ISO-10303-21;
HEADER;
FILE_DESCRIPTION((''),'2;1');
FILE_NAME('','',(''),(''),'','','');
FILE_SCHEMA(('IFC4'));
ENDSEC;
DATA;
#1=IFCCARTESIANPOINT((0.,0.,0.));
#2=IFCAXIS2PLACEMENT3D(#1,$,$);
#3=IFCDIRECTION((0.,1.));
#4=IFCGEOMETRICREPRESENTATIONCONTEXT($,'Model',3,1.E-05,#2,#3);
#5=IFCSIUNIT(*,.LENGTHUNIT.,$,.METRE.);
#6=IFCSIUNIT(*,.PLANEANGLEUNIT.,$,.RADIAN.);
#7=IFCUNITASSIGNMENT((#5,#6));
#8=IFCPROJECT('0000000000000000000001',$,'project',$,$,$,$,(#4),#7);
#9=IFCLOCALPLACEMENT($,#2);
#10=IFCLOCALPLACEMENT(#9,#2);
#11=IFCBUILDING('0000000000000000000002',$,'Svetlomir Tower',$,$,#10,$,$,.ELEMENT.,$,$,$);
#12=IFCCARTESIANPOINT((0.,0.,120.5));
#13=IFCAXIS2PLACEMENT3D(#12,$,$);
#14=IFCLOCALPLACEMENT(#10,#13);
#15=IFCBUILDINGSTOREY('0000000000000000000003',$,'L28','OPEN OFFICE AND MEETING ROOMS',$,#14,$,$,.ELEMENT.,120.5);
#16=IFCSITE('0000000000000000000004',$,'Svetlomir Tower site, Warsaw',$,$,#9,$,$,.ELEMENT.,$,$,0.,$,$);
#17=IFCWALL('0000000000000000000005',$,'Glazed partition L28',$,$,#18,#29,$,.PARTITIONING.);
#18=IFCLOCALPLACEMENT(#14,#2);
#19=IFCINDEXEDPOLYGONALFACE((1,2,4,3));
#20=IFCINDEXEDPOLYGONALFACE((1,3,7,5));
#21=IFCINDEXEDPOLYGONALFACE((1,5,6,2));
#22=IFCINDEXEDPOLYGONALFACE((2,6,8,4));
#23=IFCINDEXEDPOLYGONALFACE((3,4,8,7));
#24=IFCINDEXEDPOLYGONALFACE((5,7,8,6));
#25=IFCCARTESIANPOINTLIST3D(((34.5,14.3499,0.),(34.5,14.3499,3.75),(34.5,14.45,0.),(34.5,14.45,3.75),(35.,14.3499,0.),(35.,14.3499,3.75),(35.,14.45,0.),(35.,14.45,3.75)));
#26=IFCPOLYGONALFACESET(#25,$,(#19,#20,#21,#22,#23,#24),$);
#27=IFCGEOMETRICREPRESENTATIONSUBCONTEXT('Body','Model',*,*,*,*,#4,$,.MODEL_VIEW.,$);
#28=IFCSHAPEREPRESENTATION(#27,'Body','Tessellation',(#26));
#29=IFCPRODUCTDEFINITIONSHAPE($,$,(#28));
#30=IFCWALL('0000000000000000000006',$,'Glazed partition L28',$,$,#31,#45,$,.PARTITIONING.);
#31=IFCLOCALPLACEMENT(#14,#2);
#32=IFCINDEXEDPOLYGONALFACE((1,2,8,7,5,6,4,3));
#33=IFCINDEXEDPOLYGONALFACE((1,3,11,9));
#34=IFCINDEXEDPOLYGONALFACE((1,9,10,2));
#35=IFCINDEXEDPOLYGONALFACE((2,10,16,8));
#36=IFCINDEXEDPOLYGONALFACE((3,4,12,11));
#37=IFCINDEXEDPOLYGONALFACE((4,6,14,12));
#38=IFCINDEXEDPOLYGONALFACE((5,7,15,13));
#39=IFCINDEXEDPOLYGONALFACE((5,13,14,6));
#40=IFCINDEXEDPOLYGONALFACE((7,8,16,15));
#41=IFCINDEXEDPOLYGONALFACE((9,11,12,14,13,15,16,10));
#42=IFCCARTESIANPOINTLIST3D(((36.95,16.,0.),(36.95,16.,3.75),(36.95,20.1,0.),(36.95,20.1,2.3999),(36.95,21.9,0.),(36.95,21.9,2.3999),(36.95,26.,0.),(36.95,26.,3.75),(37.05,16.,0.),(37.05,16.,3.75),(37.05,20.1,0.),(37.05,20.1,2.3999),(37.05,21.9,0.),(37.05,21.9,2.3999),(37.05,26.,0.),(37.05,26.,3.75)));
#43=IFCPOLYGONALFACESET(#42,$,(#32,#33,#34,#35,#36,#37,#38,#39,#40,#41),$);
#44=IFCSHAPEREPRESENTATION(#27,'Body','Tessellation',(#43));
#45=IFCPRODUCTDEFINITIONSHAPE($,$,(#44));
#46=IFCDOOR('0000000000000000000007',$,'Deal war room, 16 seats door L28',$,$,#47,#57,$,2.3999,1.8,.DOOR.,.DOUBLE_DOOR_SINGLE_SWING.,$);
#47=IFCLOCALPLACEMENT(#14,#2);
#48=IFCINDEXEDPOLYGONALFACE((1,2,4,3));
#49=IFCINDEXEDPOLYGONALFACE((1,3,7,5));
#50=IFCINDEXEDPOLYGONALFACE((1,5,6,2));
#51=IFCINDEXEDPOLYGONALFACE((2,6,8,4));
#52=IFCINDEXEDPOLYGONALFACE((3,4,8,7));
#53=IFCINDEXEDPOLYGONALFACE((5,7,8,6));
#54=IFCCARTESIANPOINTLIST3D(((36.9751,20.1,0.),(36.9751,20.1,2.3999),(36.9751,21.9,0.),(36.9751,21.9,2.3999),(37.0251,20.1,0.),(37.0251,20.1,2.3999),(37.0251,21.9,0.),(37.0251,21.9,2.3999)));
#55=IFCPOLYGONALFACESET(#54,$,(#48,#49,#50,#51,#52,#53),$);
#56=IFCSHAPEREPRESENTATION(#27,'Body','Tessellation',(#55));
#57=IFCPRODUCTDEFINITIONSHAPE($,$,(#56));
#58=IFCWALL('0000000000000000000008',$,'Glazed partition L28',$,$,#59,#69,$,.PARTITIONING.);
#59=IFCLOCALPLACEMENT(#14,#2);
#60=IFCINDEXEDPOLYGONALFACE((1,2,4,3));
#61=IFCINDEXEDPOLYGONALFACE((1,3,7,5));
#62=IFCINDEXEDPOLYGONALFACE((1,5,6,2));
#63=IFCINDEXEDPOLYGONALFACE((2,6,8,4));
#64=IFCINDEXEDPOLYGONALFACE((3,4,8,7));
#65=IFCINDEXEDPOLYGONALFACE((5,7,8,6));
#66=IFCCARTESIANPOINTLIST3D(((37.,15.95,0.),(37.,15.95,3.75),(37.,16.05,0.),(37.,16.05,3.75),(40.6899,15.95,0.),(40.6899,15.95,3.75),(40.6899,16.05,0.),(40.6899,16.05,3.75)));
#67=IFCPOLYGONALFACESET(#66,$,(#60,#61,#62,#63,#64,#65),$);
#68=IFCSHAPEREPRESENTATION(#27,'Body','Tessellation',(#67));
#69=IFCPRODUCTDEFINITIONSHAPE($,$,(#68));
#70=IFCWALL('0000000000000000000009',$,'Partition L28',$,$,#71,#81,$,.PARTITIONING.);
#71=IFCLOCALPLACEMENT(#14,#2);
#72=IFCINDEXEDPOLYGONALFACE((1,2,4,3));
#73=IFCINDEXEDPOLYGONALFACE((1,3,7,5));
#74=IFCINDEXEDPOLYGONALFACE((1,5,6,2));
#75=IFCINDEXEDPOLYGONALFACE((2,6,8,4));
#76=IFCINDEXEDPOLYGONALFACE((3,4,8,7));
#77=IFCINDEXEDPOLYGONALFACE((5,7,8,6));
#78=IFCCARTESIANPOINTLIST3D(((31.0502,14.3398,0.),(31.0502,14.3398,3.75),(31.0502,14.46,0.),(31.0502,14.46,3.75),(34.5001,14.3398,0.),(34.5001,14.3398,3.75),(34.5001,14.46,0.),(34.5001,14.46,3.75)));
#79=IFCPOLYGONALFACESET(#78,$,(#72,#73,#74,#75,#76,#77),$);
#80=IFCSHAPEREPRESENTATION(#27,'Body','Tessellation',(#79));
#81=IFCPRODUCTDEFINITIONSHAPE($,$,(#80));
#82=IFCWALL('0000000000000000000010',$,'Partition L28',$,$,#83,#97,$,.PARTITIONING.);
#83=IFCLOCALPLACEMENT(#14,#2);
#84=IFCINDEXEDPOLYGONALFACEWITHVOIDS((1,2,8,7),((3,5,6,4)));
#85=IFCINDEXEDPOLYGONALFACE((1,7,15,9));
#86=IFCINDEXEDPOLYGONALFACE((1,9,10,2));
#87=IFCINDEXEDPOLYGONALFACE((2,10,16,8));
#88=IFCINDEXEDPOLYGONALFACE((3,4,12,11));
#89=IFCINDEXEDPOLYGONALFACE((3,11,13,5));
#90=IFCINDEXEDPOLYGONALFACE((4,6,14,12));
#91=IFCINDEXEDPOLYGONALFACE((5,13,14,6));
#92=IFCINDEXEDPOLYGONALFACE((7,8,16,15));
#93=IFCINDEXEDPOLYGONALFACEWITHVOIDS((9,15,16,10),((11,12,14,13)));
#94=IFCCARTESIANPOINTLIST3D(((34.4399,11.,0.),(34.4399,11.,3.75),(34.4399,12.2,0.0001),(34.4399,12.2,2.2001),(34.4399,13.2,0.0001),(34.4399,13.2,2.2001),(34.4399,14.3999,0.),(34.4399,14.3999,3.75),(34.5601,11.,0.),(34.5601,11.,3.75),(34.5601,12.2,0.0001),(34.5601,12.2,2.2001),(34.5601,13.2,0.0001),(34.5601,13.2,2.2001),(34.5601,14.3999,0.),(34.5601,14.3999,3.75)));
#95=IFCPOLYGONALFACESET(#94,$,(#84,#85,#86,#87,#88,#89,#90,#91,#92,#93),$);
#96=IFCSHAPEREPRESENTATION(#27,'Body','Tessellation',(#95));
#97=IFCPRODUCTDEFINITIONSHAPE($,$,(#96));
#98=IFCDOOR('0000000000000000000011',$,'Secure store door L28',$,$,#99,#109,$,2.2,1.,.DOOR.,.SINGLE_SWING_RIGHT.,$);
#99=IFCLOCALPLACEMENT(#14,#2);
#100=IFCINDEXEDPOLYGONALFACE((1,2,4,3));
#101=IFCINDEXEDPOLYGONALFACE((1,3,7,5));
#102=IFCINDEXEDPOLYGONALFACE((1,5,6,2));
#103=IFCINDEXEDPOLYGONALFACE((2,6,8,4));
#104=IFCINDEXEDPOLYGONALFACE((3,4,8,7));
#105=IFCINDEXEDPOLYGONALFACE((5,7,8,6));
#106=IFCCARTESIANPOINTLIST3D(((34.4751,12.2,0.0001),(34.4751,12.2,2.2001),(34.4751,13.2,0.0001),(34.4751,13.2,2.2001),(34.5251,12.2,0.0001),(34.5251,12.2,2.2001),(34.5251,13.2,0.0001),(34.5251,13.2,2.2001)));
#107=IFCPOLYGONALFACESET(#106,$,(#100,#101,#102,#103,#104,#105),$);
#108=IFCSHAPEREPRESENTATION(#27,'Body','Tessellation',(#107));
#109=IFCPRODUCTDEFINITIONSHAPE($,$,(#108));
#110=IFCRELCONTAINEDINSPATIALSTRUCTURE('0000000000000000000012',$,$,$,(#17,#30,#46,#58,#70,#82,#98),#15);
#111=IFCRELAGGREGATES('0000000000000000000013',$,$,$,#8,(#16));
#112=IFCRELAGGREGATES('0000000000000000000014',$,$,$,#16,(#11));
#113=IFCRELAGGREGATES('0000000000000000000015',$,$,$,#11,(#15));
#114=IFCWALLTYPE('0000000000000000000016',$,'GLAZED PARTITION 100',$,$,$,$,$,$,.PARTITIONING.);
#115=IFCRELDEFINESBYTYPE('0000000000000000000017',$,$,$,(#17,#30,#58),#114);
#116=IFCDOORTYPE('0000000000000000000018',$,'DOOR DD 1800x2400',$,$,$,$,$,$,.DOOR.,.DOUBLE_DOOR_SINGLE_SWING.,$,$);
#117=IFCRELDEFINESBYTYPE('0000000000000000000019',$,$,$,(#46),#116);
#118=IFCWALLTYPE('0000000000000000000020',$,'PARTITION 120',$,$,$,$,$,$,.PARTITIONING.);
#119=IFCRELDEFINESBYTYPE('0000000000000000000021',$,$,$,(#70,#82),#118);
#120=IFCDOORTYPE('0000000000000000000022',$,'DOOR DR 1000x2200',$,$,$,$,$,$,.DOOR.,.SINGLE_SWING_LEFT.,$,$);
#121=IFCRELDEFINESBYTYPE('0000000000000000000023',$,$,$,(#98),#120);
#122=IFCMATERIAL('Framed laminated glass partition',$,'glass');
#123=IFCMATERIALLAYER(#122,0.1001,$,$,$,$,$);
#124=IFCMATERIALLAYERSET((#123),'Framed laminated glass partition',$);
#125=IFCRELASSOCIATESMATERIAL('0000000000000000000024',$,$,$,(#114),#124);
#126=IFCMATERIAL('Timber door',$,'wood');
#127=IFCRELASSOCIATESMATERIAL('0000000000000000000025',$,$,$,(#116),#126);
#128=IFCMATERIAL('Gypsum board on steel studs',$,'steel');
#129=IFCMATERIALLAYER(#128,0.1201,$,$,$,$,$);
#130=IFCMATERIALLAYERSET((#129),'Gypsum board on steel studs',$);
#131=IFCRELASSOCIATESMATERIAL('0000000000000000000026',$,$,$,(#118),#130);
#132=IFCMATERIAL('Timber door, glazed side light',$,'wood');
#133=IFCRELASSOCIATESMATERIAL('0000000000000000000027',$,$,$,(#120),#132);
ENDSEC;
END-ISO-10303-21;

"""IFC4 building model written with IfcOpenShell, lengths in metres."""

from ifc_helpers import new_model, si_unit, direction, frame, frame_2d, origin, place, context, subcontext, project, spatial, rectangle, extrude, material, layer, layer_set, type_object, element, fill, save


model = new_model("IFC4")

# Units and contexts
model_context = context("Model", 3, precision=1e-05, world=origin(), true_north=direction((0.0, 1.0)))
body_context = subcontext(model_context, "Body", "Model", "MODEL_VIEW")
ifc_project = project(units=[si_unit("LENGTHUNIT", "METRE"), si_unit("PLANEANGLEUNIT", "RADIAN")], contexts=[model_context])

# Site, building, storey
site_placement = place(None, origin())
site = spatial("IfcSite", under=ifc_project, at=site_placement, Name="Svetlomir Tower site, Warsaw", CompositionType="ELEMENT", RefElevation=0.0)
building_placement = place(site_placement, origin())
building = spatial("IfcBuilding", under=site, at=building_placement, Name="Svetlomir Tower", CompositionType="ELEMENT")
storey_placement = place(building_placement, frame((0.0, 0.0, 120.5)))
storey = spatial("IfcBuildingStorey", under=building, at=storey_placement, Name="L28", Description="OPEN OFFICE AND MEETING ROOMS", CompositionType="ELEMENT", Elevation=120.5)

# Wall
ifc_material_1 = material(Name="Framed laminated glass partition", Category="glass")
ifc_layer_1 = layer(ifc_material_1, 0.1001)
ifc_layer_set_1 = layer_set([ifc_layer_1], Name="Framed laminated glass partition")
wall_type_1 = type_object("IfcWallType", Name="GLAZED PARTITION 100", PredefinedType="PARTITIONING", material=ifc_layer_set_1)
wall_1_placement = place(storey_placement, frame((34.5, 14.3999, 0.0), z_axis=(0.0, 0.0, 1.0), x_axis=(1.0, 0.0, 0.0)))
element("IfcWall", 1, at=wall_1_placement, inside=storey, type_object=wall_type_1, Name="Glazed partition L28", PredefinedType="PARTITIONING", context=body_context, shape_type="SweptSolid", body=[
    extrude(rectangle(XDim=0.5, YDim=0.1001, at=frame_2d((0.25, 0.0))), origin(), (0.0, 0.0, 1.0), 3.75),
])

# Wall, opening, door
wall_2_placement = place(storey_placement, frame((37.0, 16.0, 0.0), z_axis=(0.0, 0.0, 1.0), x_axis=(0.0, 1.0, 0.0)))
wall_2 = element("IfcWall", 2, at=wall_2_placement, inside=storey, type_object=wall_type_1, Name="Glazed partition L28", PredefinedType="PARTITIONING", context=body_context, shape_type="SweptSolid", body=[
    extrude(rectangle(XDim=10.0, YDim=0.1001, at=frame_2d((5.0, 0.0))), origin(), (0.0, 0.0, 1.0), 3.75),
])
opening_1_placement = place(wall_2_placement, frame((4.1001, 0.0, 0.0)))
opening_1 = element("IfcOpeningElement", 3, at=opening_1_placement, cuts=wall_2, PredefinedType="OPENING", context=body_context, shape_type="SweptSolid", body=[
    extrude(rectangle(XDim=1.8, YDim=2.3999, at=frame_2d((0.8999, 1.2))), frame((0.0, 0.0601, 0.0), z_axis=(0.0, -1.0, 0.0), x_axis=(1.0, 0.0, 0.0)), (0.0, 0.0, 1.0), 0.1201),
])
ifc_material_2 = material(Name="Timber door", Category="wood")
door_type_1 = type_object("IfcDoorType", Name="DOOR DD 1800x2400", OperationType="DOUBLE_DOOR_SINGLE_SWING", PredefinedType="DOOR", material=ifc_material_2)
door_1_placement = place(opening_1_placement, origin())
door_1 = element("IfcDoor", 4, at=door_1_placement, inside=storey, type_object=door_type_1, Name="Deal war room, 16 seats door L28", OperationType="DOUBLE_DOOR_SINGLE_SWING", OverallHeight=2.3999, OverallWidth=1.8, PredefinedType="DOOR", context=body_context, shape_type="SweptSolid", body=[
    extrude(rectangle(XDim=1.8, YDim=2.3999, at=frame_2d((0.8999, 1.2))), frame((0.0, 0.0249, 0.0), z_axis=(0.0, -1.0, 0.0), x_axis=(1.0, 0.0, 0.0)), (0.0, 0.0, 1.0), 0.05),
])
fill(opening_1, door_1)

# Walls
wall_3_placement = place(storey_placement, frame((37.0, 16.0, 0.0), z_axis=(0.0, 0.0, 1.0), x_axis=(1.0, 0.0, 0.0)))
element("IfcWall", 5, at=wall_3_placement, inside=storey, type_object=wall_type_1, Name="Glazed partition L28", PredefinedType="PARTITIONING", context=body_context, shape_type="SweptSolid", body=[
    extrude(rectangle(XDim=3.6899, YDim=0.1001, at=frame_2d((1.845, 0.0))), origin(), (0.0, 0.0, 1.0), 3.75),
])
ifc_material_3 = material(Name="Gypsum board on steel studs", Category="steel")
ifc_layer_2 = layer(ifc_material_3, 0.1201)
ifc_layer_set_2 = layer_set([ifc_layer_2], Name="Gypsum board on steel studs")
wall_type_2 = type_object("IfcWallType", Name="PARTITION 120", PredefinedType="PARTITIONING", material=ifc_layer_set_2)
wall_4_placement = place(storey_placement, frame((31.05, 14.3999, 0.0), z_axis=(0.0, 0.0, 1.0), x_axis=(1.0, 0.0, 0.0)))
element("IfcWall", 6, at=wall_4_placement, inside=storey, type_object=wall_type_2, Name="Partition L28", PredefinedType="PARTITIONING", context=body_context, shape_type="SweptSolid", body=[
    extrude(rectangle(XDim=3.45, YDim=0.1201, at=frame_2d((1.7251, 0.0))), origin(), (0.0, 0.0, 1.0), 3.75),
])

# Wall, opening, door
wall_5_placement = place(storey_placement, frame((34.5, 11.0, 0.0), z_axis=(0.0, 0.0, 1.0), x_axis=(0.0, 1.0, 0.0)))
wall_5 = element("IfcWall", 7, at=wall_5_placement, inside=storey, type_object=wall_type_2, Name="Partition L28", PredefinedType="PARTITIONING", context=body_context, shape_type="SweptSolid", body=[
    extrude(rectangle(XDim=3.3999, YDim=0.1201, at=frame_2d((1.7, 0.0))), origin(), (0.0, 0.0, 1.0), 3.75),
])
opening_2_placement = place(wall_5_placement, frame((1.2, 0.0, 0.0)))
opening_2 = element("IfcOpeningElement", 8, at=opening_2_placement, cuts=wall_5, PredefinedType="OPENING", context=body_context, shape_type="SweptSolid", body=[
    extrude(rectangle(XDim=1.0, YDim=2.2, at=frame_2d((0.5, 1.1001))), frame((0.0, 0.0701, 0.0), z_axis=(0.0, -1.0, 0.0), x_axis=(1.0, 0.0, 0.0)), (0.0, 0.0, 1.0), 0.1401),
])
ifc_material_4 = material(Name="Timber door, glazed side light", Category="wood")
door_type_2 = type_object("IfcDoorType", Name="DOOR DR 1000x2200", OperationType="SINGLE_SWING_LEFT", PredefinedType="DOOR", material=ifc_material_4)
door_2_placement = place(opening_2_placement, origin())
door_2 = element("IfcDoor", 9, at=door_2_placement, inside=storey, type_object=door_type_2, Name="Secure store door L28", OperationType="SINGLE_SWING_RIGHT", OverallHeight=2.2, OverallWidth=1.0, PredefinedType="DOOR", context=body_context, shape_type="SweptSolid", body=[
    extrude(rectangle(XDim=1.0, YDim=2.2, at=frame_2d((0.5, 1.1001))), frame((0.0, 0.0249, 0.0), z_axis=(0.0, -1.0, 0.0), x_axis=(1.0, 0.0, 0.0)), (0.0, 0.0, 1.0), 0.05),
])
fill(opening_2, door_2)

save(model, "model.ifc")
